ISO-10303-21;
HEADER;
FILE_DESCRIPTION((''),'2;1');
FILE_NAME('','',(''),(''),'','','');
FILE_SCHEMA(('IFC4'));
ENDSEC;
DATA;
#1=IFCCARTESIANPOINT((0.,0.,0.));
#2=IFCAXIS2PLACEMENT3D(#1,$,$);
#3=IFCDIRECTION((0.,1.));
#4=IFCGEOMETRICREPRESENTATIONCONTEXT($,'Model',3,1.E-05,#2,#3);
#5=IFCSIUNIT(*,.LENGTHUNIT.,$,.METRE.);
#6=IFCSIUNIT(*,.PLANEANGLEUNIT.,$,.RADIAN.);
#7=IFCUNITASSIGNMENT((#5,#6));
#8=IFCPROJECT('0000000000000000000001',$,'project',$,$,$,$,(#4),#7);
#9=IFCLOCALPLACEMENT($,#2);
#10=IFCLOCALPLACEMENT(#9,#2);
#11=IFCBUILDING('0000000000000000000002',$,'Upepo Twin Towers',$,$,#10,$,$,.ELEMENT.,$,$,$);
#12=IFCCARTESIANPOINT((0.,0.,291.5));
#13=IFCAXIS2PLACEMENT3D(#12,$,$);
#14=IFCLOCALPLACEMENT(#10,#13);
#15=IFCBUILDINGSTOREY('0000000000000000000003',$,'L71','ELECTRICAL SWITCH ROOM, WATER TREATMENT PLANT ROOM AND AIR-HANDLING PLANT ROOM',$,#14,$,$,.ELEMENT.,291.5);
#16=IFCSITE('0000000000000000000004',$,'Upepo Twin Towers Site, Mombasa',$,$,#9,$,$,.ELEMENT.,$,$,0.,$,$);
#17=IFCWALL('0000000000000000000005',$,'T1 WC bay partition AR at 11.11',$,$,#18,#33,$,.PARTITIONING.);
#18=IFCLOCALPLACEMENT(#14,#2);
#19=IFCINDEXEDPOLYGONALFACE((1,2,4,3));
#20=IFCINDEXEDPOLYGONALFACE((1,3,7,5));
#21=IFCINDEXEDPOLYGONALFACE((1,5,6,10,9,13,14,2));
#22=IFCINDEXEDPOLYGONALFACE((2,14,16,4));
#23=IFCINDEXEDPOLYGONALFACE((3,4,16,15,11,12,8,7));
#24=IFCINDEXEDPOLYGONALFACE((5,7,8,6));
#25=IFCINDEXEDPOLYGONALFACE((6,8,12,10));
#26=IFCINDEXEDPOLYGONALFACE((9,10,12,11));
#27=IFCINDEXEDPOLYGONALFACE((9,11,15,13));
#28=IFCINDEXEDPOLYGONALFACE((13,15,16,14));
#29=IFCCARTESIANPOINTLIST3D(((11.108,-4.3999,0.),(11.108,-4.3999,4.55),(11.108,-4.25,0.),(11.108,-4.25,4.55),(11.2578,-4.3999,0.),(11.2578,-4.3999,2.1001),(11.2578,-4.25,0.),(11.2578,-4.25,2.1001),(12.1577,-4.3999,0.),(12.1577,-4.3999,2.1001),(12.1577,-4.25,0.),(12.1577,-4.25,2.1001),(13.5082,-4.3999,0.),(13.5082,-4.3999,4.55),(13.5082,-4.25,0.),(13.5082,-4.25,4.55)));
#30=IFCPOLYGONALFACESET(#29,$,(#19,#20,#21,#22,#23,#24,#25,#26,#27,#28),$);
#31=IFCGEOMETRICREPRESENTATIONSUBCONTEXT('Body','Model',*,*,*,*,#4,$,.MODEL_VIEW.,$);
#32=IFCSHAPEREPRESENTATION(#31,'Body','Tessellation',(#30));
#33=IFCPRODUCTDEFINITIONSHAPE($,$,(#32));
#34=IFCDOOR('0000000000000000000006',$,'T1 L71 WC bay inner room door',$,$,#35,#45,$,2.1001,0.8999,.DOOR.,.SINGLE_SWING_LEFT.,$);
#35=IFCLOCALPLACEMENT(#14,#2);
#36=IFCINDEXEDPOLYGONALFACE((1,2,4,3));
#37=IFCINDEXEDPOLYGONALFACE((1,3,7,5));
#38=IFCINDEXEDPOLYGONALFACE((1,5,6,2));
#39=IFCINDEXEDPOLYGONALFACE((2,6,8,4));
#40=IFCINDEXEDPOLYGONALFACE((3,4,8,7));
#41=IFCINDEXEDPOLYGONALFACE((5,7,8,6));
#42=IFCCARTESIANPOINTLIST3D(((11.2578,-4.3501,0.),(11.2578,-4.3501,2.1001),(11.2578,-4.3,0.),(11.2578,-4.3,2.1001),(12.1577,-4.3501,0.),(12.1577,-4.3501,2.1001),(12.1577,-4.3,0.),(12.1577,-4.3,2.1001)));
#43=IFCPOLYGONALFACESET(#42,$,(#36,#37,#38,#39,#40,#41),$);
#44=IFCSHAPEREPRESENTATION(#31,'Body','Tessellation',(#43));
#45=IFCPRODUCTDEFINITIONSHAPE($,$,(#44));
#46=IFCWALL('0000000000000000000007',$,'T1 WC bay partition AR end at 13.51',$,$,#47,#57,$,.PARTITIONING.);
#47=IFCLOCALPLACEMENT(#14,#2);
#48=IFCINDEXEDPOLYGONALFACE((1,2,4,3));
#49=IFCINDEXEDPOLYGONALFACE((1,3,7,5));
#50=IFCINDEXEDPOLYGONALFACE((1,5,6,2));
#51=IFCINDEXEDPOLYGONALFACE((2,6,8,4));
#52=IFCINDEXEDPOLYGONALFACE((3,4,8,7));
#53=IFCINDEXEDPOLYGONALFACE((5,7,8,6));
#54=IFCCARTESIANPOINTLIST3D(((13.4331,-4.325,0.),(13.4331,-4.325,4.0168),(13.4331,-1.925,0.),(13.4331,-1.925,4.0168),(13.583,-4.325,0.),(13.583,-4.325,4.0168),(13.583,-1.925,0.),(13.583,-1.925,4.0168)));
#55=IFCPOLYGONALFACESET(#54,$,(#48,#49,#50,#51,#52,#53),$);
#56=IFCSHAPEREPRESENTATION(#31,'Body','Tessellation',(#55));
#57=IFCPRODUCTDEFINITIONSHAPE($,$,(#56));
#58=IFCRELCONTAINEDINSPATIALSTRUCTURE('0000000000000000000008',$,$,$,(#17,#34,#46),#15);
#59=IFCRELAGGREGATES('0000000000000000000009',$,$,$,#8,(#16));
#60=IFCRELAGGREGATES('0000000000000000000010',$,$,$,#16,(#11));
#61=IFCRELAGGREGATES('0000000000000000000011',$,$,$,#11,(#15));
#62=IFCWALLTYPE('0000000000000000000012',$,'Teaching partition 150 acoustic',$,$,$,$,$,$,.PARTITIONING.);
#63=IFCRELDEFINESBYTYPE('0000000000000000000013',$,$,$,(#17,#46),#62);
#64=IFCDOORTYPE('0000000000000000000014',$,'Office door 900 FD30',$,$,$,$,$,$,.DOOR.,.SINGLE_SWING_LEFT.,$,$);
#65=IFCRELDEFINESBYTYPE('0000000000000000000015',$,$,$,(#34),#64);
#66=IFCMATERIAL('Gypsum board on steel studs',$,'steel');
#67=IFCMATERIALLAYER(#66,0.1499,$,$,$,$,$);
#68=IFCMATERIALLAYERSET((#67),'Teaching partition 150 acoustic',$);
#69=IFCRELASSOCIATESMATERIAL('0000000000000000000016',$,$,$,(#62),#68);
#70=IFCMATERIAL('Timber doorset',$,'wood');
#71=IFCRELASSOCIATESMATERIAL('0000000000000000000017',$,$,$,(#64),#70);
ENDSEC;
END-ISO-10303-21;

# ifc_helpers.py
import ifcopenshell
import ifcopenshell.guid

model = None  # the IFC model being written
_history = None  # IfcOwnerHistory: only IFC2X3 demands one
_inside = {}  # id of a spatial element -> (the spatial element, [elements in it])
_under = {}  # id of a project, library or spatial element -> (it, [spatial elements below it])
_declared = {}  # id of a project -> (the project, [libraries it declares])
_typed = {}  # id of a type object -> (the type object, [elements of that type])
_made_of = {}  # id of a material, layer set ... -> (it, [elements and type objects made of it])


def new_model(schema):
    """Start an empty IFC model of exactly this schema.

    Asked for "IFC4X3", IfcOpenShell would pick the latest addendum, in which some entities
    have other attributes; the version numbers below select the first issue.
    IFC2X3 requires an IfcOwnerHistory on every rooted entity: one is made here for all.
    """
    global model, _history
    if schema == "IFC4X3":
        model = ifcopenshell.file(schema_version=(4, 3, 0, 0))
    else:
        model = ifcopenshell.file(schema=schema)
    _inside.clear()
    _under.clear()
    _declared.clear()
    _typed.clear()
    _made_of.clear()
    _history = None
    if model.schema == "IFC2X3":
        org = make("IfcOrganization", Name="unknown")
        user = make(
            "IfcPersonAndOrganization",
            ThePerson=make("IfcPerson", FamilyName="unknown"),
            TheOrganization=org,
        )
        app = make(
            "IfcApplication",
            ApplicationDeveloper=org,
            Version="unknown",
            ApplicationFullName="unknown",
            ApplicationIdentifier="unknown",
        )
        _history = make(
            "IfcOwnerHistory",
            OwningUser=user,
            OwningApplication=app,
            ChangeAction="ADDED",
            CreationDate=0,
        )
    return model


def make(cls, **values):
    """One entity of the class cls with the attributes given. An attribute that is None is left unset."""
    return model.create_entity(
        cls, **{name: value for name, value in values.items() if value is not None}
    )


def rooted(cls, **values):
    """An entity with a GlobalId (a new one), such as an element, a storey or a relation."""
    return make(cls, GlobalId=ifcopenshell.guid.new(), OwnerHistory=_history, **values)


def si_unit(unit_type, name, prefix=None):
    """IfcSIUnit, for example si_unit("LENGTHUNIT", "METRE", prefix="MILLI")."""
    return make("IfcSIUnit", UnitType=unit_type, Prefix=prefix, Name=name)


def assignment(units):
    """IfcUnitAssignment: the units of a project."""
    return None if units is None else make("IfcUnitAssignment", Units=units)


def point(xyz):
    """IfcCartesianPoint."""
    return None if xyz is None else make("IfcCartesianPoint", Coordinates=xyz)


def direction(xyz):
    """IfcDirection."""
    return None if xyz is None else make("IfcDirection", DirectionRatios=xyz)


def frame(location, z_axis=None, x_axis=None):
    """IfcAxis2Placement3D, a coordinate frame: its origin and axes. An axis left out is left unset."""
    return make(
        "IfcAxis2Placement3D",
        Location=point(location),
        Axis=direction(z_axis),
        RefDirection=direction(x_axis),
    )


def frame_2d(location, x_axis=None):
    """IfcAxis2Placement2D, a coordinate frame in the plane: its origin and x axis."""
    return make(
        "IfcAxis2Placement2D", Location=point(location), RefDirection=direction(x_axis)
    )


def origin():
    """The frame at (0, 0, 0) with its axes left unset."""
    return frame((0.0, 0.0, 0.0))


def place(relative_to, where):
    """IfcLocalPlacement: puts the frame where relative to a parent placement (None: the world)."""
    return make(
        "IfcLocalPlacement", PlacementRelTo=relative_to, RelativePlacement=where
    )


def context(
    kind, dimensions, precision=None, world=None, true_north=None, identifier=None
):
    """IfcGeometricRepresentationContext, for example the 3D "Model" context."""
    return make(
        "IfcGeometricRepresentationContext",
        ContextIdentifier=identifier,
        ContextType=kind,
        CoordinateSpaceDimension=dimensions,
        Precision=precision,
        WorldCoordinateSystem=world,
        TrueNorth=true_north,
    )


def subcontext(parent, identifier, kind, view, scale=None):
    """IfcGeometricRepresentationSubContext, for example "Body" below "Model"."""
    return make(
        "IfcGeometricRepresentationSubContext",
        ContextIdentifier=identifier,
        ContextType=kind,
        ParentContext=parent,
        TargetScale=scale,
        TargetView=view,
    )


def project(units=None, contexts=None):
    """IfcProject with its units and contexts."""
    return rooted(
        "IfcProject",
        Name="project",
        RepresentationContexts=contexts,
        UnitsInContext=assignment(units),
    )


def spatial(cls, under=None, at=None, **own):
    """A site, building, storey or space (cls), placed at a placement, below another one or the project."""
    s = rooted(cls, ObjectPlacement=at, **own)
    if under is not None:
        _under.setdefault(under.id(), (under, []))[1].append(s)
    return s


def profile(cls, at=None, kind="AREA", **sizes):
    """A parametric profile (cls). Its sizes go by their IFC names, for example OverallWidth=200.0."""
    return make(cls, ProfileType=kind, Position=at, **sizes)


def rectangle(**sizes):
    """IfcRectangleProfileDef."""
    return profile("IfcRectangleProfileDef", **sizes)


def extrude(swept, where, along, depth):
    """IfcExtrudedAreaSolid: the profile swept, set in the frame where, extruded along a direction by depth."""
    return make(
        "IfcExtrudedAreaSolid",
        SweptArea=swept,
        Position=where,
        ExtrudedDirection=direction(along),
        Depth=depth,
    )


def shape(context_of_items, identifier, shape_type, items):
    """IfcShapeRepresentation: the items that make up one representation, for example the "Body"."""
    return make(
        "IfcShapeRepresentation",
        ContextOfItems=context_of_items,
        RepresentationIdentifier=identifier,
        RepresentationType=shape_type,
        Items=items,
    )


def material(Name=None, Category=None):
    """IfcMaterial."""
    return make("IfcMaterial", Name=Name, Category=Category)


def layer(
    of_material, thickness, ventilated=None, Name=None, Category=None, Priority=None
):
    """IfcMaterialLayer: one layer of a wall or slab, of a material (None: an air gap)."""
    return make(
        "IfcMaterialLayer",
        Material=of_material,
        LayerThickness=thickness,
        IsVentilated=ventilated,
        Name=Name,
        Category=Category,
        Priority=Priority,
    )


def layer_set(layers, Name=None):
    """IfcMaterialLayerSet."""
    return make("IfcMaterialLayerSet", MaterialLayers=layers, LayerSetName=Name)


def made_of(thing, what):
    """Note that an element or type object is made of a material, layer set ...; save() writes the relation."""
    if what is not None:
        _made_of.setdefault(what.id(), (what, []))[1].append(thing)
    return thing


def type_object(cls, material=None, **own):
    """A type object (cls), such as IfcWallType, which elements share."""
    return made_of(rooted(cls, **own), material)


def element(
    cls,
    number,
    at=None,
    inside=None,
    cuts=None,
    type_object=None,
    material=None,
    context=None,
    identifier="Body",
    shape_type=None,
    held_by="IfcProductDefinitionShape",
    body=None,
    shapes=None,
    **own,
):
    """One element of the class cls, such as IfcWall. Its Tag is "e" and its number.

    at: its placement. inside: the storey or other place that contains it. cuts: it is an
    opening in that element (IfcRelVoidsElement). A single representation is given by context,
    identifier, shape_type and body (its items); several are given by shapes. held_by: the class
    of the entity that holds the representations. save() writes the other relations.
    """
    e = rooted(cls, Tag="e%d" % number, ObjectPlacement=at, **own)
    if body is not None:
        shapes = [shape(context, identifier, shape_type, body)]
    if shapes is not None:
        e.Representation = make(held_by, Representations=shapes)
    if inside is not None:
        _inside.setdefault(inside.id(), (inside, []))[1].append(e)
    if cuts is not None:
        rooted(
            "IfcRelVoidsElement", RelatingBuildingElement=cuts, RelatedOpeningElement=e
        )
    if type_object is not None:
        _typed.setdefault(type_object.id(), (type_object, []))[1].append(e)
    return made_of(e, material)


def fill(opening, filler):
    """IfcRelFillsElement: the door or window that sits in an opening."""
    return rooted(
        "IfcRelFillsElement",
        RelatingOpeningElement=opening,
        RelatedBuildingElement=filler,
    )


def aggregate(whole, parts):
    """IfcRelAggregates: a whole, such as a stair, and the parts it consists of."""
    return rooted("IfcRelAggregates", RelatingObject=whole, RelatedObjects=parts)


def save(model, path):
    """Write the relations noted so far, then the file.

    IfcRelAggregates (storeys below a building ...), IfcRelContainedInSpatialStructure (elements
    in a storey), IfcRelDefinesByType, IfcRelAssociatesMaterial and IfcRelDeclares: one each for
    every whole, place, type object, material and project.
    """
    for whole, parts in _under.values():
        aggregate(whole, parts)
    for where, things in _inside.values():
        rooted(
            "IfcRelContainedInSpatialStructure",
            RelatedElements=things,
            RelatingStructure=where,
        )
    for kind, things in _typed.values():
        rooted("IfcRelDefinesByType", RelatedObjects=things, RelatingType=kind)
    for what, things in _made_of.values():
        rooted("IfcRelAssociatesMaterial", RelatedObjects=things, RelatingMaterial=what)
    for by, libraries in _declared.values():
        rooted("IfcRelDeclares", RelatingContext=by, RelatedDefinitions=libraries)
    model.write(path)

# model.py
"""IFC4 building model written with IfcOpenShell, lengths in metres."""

from ifc_helpers import new_model, si_unit, direction, frame, frame_2d, origin, place, context, subcontext, project, spatial, rectangle, extrude, material, layer, layer_set, type_object, element, fill, save


model = new_model("IFC4")

# Units and contexts
model_context = context("Model", 3, precision=1e-05, world=origin(), true_north=direction((0.0, 1.0)))
body_context = subcontext(model_context, "Body", "Model", "MODEL_VIEW")
ifc_project = project(units=[si_unit("LENGTHUNIT", "METRE"), si_unit("PLANEANGLEUNIT", "RADIAN")], contexts=[model_context])

# Site, building, storey
site_placement = place(None, origin())
site = spatial("IfcSite", under=ifc_project, at=site_placement, Name="Upepo Twin Towers Site, Mombasa", CompositionType="ELEMENT", RefElevation=0.0)
building_placement = place(site_placement, origin())
building = spatial("IfcBuilding", under=site, at=building_placement, Name="Upepo Twin Towers", CompositionType="ELEMENT")
storey_placement = place(building_placement, frame((0.0, 0.0, 291.5)))
storey = spatial("IfcBuildingStorey", under=building, at=storey_placement, Name="L71", Description="ELECTRICAL SWITCH ROOM, WATER TREATMENT PLANT ROOM AND AIR-HANDLING PLANT ROOM", CompositionType="ELEMENT", Elevation=291.5)

# Shared definitions
ifc_material_1 = material(Name="Gypsum board on steel studs", Category="steel")
ifc_layer_1 = layer(ifc_material_1, 0.1499)
ifc_layer_set_1 = layer_set([ifc_layer_1], Name="Teaching partition 150 acoustic")
wall_type_1 = type_object("IfcWallType", Name="Teaching partition 150 acoustic", PredefinedType="PARTITIONING", material=ifc_layer_set_1)
ifc_material_2 = material(Name="Timber doorset", Category="wood")
door_type_1 = type_object("IfcDoorType", Name="Office door 900 FD30", OperationType="SINGLE_SWING_LEFT", PredefinedType="DOOR", material=ifc_material_2)

# Wall, opening, door
wall_1_placement = place(storey_placement, frame((11.1079, -4.325, 0.0), z_axis=(0.0, 0.0, 1.0), x_axis=(1.0, 0.0, 0.0)))
wall_1 = element("IfcWall", 1, at=wall_1_placement, inside=storey, type_object=wall_type_1, Name="T1 WC bay partition AR at 11.11", PredefinedType="PARTITIONING", context=body_context, shape_type="SweptSolid", body=[
    extrude(rectangle(XDim=2.4001, YDim=0.1499, at=frame_2d((1.2002, 0.0))), origin(), (0.0, 0.0, 1.0), 4.55),
])
opening_1_placement = place(wall_1_placement, frame((0.1499, 0.0, 0.0)))
opening_1 = element("IfcOpeningElement", 2, at=opening_1_placement, cuts=wall_1, PredefinedType="OPENING", context=body_context, shape_type="SweptSolid", body=[
    extrude(rectangle(XDim=0.8999, YDim=2.1001, at=frame_2d((0.45, 1.05))), frame((0.0, 0.085, 0.0), z_axis=(0.0, -1.0, 0.0), x_axis=(1.0, 0.0, 0.0)), (0.0, 0.0, 1.0), 0.1699),
])
door_1_placement = place(opening_1_placement, origin())
door_1 = element("IfcDoor", 3, at=door_1_placement, inside=storey, type_object=door_type_1, Name="T1 L71 WC bay inner room door", OperationType="SINGLE_SWING_LEFT", OverallHeight=2.1001, OverallWidth=0.8999, PredefinedType="DOOR", context=body_context, shape_type="SweptSolid", body=[
    extrude(rectangle(XDim=0.8999, YDim=2.1001, at=frame_2d((0.45, 1.05))), frame((0.0, 0.0249, 0.0), z_axis=(0.0, -1.0, 0.0), x_axis=(1.0, 0.0, 0.0)), (0.0, 0.0, 1.0), 0.05),
])
fill(opening_1, door_1)

# Wall
wall_2_placement = place(storey_placement, frame((13.5081, -1.925, 0.0), z_axis=(0.0, 0.0, 1.0), x_axis=(0.0, -1.0, 0.0)))
element("IfcWall", 4, at=wall_2_placement, inside=storey, type_object=wall_type_1, Name="T1 WC bay partition AR end at 13.51", PredefinedType="PARTITIONING", context=body_context, shape_type="SweptSolid", body=[
    extrude(rectangle(XDim=2.3999, YDim=0.1499, at=frame_2d((1.2, 0.0))), origin(), (0.0, 0.0, 1.0), 4.0168),
])

save(model, "model.ifc")
